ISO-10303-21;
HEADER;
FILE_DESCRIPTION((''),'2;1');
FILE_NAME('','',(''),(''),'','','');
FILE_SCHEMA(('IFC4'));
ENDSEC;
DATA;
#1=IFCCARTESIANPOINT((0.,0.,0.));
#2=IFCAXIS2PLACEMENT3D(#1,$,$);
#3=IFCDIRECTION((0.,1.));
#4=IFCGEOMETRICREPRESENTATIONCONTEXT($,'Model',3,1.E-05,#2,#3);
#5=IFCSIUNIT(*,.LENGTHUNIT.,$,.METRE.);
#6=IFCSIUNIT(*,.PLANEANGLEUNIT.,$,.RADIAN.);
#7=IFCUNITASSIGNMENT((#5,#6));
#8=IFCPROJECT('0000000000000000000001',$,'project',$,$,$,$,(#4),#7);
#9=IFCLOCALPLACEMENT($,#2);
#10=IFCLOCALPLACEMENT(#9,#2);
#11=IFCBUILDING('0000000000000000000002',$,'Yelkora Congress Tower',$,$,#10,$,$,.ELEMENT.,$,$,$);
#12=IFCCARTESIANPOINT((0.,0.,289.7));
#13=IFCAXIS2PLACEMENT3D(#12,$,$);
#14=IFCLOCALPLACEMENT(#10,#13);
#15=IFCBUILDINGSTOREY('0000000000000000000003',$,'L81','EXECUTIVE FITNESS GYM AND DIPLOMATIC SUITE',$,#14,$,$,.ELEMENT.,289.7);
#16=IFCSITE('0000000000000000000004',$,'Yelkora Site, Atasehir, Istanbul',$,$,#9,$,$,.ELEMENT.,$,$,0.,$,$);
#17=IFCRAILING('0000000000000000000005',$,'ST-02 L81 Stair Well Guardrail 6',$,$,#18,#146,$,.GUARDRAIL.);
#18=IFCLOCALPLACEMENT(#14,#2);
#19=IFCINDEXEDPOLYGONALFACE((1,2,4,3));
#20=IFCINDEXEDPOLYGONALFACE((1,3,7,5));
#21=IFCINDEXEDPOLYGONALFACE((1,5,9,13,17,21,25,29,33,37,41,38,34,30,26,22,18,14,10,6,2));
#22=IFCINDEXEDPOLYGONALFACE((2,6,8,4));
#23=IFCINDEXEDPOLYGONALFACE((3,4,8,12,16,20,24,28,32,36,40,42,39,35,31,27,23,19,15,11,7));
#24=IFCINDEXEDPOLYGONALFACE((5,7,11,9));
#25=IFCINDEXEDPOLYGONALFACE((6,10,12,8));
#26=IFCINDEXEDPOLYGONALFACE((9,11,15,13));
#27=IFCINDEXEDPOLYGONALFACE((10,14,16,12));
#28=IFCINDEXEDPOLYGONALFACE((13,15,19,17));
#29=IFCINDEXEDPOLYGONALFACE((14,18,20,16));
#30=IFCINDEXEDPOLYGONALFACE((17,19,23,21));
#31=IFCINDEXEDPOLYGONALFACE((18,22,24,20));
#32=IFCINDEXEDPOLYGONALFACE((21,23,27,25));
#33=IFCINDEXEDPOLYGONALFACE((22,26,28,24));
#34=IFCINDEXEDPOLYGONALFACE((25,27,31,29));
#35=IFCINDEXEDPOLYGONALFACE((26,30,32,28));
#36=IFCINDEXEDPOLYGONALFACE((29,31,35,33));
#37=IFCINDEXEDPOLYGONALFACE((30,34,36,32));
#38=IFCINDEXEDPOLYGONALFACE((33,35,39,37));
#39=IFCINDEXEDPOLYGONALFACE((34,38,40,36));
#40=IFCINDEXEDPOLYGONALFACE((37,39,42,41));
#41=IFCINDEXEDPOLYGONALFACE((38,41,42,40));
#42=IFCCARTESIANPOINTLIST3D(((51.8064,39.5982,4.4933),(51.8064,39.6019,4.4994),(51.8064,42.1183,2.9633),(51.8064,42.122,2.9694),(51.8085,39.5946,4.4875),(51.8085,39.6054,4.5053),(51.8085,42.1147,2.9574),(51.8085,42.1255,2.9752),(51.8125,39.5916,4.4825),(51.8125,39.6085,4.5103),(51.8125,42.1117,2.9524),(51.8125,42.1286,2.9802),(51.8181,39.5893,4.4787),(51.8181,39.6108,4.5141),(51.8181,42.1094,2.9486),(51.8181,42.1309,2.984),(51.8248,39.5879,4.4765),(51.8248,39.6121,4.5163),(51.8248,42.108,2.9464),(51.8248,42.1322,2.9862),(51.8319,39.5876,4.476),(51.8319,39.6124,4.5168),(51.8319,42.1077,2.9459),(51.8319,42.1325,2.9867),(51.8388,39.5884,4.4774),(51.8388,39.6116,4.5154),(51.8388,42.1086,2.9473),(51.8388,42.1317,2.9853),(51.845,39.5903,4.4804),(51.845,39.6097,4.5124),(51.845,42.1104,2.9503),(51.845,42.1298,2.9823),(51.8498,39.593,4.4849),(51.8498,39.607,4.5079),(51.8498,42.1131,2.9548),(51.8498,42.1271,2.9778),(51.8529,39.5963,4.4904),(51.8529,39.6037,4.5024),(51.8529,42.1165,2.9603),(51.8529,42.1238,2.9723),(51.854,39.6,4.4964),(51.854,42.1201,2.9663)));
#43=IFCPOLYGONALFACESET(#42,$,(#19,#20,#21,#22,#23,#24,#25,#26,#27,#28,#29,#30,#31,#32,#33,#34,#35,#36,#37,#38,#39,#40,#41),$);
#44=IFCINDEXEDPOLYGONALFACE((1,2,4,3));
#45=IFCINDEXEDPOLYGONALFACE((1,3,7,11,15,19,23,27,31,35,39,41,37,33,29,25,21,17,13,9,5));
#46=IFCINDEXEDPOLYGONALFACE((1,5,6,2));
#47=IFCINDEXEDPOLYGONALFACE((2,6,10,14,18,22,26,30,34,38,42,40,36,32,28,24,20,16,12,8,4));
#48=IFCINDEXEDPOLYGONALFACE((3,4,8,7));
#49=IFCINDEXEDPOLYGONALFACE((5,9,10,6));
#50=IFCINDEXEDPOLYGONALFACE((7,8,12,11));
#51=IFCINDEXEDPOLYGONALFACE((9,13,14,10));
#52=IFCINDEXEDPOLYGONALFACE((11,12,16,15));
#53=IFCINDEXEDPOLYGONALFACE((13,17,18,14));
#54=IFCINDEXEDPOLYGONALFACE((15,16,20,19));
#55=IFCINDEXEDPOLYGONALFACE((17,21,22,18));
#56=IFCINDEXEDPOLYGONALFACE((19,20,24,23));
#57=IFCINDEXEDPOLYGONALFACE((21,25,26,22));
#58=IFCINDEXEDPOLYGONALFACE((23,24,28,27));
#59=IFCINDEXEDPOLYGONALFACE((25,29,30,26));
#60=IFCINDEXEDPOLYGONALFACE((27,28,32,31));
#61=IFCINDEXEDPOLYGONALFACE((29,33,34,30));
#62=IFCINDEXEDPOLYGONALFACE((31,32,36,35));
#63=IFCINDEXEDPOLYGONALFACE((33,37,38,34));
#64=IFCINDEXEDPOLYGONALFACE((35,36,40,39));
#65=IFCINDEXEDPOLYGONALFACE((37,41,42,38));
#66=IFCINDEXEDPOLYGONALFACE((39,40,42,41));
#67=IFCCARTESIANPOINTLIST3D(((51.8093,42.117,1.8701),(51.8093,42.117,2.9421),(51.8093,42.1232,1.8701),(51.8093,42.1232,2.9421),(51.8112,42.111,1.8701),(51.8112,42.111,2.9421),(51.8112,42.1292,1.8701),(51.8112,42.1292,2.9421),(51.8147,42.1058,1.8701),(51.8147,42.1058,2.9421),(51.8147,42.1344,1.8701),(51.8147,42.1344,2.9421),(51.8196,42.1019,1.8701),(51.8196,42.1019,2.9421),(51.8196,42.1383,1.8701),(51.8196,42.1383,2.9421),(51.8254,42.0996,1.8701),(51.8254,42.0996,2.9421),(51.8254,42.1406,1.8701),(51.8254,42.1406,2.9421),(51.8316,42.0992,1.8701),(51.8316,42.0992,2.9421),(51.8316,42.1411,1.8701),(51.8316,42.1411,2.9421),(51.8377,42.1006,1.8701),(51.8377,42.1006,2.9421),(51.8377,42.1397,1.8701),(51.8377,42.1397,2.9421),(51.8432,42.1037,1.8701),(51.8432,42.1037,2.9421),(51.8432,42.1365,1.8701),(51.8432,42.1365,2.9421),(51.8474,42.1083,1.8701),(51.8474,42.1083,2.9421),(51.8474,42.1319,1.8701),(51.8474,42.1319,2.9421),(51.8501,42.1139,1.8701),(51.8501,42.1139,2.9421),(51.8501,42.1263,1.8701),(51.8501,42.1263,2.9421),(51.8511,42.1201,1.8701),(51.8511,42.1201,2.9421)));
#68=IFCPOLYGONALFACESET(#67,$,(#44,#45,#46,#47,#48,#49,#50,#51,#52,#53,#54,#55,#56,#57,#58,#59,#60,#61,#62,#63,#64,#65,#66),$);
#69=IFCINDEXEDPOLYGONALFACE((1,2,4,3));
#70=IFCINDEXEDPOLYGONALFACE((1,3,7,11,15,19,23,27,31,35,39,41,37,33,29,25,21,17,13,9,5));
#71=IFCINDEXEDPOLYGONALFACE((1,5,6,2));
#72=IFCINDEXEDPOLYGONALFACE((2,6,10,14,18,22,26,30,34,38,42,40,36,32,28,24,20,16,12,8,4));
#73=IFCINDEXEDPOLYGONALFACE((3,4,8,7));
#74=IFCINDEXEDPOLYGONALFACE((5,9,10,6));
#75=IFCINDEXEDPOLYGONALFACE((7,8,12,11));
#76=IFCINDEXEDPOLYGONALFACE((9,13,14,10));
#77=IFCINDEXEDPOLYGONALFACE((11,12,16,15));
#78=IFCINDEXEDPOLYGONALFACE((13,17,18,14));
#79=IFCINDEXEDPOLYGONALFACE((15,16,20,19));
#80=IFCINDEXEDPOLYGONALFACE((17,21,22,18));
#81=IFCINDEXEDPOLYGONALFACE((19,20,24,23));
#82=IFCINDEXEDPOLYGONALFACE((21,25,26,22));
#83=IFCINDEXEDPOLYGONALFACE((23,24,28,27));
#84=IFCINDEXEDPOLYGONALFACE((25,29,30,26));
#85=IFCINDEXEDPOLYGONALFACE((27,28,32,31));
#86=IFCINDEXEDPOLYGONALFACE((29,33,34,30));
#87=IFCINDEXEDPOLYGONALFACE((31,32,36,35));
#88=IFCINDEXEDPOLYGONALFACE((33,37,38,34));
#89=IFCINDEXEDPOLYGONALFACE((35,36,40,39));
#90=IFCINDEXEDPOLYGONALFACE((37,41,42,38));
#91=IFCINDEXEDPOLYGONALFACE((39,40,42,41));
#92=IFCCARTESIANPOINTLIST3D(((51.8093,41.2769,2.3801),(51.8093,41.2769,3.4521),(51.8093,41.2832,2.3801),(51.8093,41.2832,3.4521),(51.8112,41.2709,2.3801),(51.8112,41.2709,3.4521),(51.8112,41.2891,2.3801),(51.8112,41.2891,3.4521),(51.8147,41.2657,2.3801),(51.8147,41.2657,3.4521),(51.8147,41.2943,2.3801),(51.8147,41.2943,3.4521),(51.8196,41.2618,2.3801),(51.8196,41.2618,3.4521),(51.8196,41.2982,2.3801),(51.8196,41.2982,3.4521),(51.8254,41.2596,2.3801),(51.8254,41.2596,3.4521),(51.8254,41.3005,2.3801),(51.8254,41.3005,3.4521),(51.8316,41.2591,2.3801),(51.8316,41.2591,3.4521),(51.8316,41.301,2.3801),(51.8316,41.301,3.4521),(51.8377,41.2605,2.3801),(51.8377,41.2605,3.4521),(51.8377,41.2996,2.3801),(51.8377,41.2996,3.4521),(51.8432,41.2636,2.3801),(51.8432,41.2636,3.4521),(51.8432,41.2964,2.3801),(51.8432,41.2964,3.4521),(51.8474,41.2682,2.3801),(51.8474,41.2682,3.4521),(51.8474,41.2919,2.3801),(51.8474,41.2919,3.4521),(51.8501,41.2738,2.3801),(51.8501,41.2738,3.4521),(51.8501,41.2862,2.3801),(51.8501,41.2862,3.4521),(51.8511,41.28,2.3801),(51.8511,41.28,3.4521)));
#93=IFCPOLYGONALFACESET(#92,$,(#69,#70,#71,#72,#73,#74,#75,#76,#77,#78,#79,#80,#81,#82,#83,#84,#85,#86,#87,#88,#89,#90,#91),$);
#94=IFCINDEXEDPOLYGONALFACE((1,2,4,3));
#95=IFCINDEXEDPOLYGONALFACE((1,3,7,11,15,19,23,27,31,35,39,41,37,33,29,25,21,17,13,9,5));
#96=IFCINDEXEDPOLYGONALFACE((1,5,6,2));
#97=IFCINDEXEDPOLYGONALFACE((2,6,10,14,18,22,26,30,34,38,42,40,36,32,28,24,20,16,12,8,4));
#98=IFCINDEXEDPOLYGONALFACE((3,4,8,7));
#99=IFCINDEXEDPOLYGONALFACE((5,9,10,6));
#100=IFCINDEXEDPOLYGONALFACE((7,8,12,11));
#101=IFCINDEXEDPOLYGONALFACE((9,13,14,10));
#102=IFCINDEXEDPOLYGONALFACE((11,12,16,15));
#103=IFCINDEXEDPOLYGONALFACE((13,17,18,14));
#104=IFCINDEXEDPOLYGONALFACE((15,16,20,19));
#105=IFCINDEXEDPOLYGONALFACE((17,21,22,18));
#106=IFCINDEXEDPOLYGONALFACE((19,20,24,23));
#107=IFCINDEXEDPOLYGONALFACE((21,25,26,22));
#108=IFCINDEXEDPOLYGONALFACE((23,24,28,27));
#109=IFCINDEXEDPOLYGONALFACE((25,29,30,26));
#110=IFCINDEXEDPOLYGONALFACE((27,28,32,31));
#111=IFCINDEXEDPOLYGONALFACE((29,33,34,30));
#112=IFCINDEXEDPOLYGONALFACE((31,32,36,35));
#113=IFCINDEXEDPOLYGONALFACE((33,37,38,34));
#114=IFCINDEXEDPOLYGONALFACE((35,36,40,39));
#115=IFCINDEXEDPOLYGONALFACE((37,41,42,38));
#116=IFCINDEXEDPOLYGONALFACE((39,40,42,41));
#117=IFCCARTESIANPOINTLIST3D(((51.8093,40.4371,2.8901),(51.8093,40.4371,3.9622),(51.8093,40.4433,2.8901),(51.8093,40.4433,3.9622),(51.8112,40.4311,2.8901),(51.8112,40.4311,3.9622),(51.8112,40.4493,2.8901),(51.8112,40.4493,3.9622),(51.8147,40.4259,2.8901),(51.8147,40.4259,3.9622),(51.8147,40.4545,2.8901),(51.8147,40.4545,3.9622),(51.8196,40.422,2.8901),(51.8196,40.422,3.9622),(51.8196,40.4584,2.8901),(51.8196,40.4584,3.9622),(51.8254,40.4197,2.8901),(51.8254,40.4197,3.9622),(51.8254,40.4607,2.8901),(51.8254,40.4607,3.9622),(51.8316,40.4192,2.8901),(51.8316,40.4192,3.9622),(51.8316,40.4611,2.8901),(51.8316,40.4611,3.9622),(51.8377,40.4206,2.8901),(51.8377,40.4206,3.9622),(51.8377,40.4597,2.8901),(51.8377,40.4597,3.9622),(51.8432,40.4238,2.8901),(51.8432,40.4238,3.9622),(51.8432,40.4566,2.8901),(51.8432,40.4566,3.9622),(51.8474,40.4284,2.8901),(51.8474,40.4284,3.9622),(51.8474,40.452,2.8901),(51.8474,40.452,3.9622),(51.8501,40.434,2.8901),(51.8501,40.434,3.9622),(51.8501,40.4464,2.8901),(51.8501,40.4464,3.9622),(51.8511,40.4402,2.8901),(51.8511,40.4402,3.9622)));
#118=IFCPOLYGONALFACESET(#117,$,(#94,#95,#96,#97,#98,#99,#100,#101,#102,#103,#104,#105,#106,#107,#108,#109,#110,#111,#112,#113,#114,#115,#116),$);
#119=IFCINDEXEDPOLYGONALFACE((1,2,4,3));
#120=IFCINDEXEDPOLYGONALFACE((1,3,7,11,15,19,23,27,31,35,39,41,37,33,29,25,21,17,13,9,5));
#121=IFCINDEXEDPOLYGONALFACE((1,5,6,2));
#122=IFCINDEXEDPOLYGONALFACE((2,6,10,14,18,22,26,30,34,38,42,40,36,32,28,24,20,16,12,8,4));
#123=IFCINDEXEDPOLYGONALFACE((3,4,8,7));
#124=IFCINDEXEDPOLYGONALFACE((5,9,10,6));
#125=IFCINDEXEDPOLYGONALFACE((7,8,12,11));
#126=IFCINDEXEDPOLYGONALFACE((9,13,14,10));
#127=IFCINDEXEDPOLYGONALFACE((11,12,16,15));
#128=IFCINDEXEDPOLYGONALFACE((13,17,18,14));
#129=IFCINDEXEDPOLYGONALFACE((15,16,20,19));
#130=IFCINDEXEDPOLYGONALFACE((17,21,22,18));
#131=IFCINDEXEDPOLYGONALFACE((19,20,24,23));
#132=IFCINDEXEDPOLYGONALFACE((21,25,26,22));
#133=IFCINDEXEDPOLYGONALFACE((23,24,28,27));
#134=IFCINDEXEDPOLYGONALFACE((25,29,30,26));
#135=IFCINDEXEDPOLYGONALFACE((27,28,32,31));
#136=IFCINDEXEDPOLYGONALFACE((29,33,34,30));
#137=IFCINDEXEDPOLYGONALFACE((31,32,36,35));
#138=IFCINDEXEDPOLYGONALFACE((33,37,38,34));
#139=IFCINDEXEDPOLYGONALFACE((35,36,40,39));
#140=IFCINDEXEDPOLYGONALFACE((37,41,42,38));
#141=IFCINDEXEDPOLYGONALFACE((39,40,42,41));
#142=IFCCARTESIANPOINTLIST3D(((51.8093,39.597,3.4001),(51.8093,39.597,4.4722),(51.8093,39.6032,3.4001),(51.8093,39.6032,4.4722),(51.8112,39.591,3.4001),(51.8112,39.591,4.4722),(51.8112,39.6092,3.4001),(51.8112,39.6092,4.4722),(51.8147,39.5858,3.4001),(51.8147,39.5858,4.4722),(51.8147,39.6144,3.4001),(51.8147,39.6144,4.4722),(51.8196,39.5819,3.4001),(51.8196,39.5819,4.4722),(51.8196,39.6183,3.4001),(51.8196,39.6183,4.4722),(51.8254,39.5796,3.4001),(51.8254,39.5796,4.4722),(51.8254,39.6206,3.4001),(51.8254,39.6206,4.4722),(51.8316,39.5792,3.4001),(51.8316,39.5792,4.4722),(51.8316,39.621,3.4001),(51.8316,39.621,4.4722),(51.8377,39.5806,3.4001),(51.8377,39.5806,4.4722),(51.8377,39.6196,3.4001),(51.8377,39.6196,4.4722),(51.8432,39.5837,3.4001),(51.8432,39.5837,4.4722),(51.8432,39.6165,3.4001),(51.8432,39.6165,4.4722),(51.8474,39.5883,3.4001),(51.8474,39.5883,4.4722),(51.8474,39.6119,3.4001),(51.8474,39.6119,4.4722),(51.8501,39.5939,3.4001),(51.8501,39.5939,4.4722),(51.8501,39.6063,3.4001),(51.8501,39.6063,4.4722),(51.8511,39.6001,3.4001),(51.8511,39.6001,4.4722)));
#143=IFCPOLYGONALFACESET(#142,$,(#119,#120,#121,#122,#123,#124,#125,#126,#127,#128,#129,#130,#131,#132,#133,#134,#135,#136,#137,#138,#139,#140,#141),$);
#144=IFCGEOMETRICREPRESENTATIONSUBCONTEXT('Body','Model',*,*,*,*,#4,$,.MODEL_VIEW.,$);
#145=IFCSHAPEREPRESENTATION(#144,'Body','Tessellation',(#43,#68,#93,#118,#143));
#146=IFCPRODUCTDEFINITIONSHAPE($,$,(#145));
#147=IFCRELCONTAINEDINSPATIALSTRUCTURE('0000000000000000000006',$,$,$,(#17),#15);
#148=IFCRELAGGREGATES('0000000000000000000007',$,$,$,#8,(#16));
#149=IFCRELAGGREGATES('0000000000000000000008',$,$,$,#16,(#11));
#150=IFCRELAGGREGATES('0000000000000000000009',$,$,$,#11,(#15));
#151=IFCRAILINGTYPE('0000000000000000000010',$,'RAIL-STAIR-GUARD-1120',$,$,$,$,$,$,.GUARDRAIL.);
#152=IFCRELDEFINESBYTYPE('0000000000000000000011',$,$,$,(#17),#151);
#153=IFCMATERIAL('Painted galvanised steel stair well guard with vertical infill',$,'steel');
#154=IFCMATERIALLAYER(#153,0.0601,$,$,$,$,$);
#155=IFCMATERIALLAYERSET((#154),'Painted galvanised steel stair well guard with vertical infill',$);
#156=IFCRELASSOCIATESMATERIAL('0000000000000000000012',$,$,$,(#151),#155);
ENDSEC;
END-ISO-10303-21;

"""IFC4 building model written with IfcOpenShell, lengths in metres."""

from ifc_helpers import new_model, si_unit, direction, frame, origin, origin_2d, place, context, subcontext, project, spatial, circle, extrude, material, layer, layer_set, type_object, element, save


model = new_model("IFC4")

# Units and contexts
model_context = context("Model", 3, precision=1e-05, world=origin(), true_north=direction((0.0, 1.0)))
body_context = subcontext(model_context, "Body", "Model", "MODEL_VIEW")
ifc_project = project(units=[si_unit("LENGTHUNIT", "METRE"), si_unit("PLANEANGLEUNIT", "RADIAN")], contexts=[model_context])

# Site, building, storey
site_placement = place(None, origin())
site = spatial("IfcSite", under=ifc_project, at=site_placement, Name="Yelkora Site, Atasehir, Istanbul", CompositionType="ELEMENT", RefElevation=0.0)
building_placement = place(site_placement, origin())
building = spatial("IfcBuilding", under=site, at=building_placement, Name="Yelkora Congress Tower", CompositionType="ELEMENT")
storey_placement = place(building_placement, frame((0.0, 0.0, 289.7)))
storey = spatial("IfcBuildingStorey", under=building, at=storey_placement, Name="L81", Description="EXECUTIVE FITNESS GYM AND DIPLOMATIC SUITE", CompositionType="ELEMENT", Elevation=289.7)

# Railing
ifc_material_1 = material(Name="Painted galvanised steel stair well guard with vertical infill", Category="steel")
ifc_layer_1 = layer(ifc_material_1, 0.0601)
ifc_layer_set_1 = layer_set([ifc_layer_1], Name="Painted galvanised steel stair well guard with vertical infill")
railing_type = type_object("IfcRailingType", Name="RAIL-STAIR-GUARD-1120", PredefinedType="GUARDRAIL", material=ifc_layer_set_1)
railing_1_placement = place(storey_placement, frame((51.8301, 42.1201, 1.8701)))
element("IfcRailing", 1, at=railing_1_placement, inside=storey, type_object=railing_type, Name="ST-02 L81 Stair Well Guardrail 6", PredefinedType="GUARDRAIL", context=body_context, shape_type="SweptSolid", body=[
    extrude(circle(Radius=0.0239, at=origin_2d()), frame((0.0, 0.0, 1.0962), z_axis=(0.0, -0.854785, 0.518982), x_axis=(1.0, 0.0, 0.0)), (0.0, 0.0, 1.0), 2.9482),
    extrude(circle(Radius=0.021, at=origin_2d()), origin(), (0.0, 0.0, 1.0), 1.072),
    extrude(circle(Radius=0.021, at=origin_2d()), frame((0.0, -0.8401, 0.51)), (0.0, 0.0, 1.0), 1.072),
    extrude(circle(Radius=0.021, at=origin_2d()), frame((0.0, -1.6799, 1.02)), (0.0, 0.0, 1.0), 1.072),
    extrude(circle(Radius=0.021, at=origin_2d()), frame((0.0, -2.52, 1.53)), (0.0, 0.0, 1.0), 1.072),
])

save(model, "model.ifc")
